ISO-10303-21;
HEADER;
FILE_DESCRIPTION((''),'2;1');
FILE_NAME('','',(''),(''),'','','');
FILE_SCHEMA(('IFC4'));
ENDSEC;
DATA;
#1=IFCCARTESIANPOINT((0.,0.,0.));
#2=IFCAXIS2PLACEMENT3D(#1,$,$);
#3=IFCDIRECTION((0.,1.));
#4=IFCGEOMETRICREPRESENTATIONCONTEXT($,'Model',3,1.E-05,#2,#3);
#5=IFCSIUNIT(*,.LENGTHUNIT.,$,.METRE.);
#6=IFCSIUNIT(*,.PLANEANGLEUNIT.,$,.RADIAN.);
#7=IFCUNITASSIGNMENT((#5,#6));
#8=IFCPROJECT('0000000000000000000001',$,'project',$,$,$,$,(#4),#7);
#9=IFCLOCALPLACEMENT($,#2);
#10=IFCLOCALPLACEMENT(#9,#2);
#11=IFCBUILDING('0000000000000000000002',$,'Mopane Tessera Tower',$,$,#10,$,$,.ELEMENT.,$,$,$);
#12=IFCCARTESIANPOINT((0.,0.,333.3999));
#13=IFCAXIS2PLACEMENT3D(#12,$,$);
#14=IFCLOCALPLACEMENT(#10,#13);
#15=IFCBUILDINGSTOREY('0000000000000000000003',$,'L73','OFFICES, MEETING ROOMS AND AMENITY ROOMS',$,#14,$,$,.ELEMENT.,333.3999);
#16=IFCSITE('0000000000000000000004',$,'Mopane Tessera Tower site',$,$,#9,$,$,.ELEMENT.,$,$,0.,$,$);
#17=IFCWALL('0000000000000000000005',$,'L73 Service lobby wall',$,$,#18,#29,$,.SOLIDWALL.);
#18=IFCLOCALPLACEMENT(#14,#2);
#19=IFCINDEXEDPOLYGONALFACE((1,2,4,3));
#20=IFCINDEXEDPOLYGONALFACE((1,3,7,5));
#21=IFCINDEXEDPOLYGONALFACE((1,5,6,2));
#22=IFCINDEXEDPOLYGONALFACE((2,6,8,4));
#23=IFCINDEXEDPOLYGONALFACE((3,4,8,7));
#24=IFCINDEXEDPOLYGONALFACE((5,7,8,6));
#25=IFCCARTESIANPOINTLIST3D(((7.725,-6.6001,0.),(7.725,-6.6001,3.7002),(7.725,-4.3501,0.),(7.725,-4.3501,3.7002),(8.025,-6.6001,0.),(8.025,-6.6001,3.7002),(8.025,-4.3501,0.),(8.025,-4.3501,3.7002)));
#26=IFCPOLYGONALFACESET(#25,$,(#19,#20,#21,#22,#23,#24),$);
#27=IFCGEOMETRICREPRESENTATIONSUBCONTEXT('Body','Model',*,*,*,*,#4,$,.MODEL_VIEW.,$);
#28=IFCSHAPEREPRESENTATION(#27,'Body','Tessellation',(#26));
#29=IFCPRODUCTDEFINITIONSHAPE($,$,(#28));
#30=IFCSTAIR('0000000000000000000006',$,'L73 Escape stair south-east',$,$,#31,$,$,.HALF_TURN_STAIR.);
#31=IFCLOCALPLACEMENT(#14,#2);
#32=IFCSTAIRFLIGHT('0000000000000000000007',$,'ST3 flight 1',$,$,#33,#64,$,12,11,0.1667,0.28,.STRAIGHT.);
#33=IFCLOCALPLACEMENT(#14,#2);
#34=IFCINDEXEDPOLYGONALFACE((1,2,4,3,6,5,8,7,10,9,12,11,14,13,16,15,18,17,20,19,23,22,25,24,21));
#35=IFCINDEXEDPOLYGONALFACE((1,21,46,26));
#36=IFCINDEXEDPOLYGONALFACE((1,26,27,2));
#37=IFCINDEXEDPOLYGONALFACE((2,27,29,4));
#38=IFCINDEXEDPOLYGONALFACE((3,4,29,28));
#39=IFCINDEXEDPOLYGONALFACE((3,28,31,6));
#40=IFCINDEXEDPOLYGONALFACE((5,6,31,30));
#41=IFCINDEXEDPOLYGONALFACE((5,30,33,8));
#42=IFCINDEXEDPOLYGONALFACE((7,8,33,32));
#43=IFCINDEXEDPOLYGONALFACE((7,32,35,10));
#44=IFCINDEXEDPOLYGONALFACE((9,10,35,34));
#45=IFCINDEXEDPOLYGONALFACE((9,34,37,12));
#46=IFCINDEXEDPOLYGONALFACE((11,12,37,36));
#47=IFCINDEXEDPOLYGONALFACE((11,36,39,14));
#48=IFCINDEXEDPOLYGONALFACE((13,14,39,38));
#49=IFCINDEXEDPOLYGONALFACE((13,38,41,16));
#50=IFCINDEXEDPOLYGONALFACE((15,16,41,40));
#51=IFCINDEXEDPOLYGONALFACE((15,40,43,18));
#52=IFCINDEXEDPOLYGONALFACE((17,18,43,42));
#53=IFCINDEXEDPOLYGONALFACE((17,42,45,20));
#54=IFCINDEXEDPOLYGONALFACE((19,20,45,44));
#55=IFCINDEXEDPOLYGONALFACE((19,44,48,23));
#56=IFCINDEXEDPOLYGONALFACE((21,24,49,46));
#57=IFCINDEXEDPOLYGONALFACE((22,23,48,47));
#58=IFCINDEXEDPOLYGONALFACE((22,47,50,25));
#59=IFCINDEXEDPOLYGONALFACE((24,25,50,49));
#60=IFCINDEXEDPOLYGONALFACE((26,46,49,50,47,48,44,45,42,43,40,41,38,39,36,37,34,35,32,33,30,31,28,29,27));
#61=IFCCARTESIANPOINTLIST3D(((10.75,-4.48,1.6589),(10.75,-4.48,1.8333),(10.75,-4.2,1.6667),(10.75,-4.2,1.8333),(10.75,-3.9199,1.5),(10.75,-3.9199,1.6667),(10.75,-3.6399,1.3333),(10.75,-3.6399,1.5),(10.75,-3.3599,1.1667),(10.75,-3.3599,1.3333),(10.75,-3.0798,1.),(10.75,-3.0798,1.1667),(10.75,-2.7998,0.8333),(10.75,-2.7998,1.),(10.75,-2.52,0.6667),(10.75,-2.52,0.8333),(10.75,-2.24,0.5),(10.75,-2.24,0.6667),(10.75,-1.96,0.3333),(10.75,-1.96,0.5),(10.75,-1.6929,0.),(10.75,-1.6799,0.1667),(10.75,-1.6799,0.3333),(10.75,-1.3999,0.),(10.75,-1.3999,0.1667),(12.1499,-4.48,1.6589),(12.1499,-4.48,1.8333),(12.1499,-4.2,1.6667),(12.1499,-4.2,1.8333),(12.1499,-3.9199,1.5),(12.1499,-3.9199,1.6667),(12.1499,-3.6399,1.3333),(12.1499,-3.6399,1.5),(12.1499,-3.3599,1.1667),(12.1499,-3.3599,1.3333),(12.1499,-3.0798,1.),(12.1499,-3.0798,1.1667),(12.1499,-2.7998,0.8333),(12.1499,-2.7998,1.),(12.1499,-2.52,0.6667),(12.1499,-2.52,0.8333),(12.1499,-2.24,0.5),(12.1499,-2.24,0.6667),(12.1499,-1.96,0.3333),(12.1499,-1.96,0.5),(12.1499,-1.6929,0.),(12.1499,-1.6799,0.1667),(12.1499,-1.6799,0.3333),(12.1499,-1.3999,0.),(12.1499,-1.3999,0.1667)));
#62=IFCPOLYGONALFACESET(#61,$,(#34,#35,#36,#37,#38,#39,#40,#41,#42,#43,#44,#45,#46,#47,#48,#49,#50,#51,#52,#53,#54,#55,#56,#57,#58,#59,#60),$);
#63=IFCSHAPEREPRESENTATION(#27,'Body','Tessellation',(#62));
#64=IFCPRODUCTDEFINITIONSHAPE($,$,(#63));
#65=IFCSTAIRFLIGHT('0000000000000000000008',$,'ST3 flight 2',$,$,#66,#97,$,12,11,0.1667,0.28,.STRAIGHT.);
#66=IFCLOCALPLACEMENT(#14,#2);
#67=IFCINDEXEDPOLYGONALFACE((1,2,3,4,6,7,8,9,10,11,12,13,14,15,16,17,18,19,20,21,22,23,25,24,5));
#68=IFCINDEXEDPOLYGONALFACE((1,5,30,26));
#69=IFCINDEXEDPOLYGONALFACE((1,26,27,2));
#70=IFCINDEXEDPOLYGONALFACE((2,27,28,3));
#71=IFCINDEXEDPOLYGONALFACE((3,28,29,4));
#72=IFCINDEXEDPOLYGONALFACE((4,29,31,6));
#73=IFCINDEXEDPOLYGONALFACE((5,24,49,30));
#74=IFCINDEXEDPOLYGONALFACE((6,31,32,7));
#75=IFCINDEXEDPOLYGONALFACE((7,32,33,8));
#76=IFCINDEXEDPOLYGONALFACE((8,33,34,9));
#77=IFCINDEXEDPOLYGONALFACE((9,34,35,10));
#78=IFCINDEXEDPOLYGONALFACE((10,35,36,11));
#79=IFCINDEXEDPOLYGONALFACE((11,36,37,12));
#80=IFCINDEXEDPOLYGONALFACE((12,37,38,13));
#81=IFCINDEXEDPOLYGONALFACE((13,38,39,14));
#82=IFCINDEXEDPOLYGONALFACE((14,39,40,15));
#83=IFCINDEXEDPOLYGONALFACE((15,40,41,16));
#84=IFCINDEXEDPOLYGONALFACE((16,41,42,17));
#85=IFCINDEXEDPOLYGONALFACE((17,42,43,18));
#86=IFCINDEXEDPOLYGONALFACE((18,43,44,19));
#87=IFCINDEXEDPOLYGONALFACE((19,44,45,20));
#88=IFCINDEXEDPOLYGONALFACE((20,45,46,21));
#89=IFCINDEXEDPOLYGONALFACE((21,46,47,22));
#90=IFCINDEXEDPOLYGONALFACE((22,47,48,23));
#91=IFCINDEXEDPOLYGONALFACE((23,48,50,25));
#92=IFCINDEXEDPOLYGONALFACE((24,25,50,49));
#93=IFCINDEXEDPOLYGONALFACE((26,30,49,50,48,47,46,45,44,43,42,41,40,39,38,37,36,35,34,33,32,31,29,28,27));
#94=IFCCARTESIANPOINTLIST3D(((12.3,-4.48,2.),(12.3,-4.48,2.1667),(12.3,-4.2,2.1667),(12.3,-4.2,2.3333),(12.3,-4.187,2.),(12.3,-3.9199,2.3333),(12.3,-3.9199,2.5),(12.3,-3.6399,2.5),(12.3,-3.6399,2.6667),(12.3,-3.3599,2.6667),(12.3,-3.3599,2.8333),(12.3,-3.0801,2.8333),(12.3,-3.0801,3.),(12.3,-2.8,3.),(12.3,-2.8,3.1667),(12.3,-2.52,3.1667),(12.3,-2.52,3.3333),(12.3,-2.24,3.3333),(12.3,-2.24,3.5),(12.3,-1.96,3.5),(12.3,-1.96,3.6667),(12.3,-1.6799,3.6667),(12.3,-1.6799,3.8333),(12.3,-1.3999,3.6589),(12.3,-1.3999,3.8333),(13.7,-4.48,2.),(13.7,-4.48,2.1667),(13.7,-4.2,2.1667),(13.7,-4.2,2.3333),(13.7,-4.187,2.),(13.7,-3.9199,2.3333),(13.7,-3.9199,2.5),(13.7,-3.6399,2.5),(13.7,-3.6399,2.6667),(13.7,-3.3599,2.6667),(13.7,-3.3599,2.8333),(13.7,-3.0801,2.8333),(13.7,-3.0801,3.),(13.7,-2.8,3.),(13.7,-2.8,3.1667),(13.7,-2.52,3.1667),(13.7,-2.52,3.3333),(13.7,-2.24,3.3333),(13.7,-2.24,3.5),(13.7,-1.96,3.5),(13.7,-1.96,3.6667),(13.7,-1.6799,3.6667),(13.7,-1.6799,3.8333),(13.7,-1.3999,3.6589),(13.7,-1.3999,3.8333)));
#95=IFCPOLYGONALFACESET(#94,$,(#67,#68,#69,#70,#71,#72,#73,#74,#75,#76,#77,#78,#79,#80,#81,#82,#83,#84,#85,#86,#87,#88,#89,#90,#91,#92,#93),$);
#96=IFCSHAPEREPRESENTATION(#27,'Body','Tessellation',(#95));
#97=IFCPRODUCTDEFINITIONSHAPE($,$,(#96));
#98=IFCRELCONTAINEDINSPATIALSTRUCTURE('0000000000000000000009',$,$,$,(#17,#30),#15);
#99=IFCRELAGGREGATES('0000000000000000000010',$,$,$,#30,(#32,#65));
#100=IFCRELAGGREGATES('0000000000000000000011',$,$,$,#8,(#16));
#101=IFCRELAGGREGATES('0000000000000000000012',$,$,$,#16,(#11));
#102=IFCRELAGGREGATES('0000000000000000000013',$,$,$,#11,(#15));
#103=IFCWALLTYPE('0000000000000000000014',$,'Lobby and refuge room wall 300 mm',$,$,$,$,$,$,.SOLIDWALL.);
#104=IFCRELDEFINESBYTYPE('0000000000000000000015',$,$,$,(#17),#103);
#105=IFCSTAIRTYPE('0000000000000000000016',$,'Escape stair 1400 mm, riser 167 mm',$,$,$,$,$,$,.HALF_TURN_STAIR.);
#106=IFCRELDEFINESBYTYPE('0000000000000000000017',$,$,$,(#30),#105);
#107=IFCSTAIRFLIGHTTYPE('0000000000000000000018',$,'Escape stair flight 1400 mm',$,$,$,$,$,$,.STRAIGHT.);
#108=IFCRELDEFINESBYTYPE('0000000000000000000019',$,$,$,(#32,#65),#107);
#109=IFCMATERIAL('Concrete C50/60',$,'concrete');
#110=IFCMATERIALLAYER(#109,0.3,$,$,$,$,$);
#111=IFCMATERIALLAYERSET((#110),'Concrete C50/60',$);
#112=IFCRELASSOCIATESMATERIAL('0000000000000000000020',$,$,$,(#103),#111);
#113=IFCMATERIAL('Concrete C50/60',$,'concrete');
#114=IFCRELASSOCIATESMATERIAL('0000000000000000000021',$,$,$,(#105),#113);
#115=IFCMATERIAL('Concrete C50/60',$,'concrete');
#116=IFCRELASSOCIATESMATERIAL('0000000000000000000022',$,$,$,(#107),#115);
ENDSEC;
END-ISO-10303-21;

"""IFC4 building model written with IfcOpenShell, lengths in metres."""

from ifc_helpers import new_model, si_unit, direction, frame, frame_2d, origin, place, context, subcontext, project, spatial, polyline, rectangle, outline, extrude, material, layer, layer_set, type_object, element, aggregate, save


model = new_model("IFC4")

# Units and contexts
model_context = context("Model", 3, precision=1e-05, world=origin(), true_north=direction((0.0, 1.0)))
body_context = subcontext(model_context, "Body", "Model", "MODEL_VIEW")
ifc_project = project(units=[si_unit("LENGTHUNIT", "METRE"), si_unit("PLANEANGLEUNIT", "RADIAN")], contexts=[model_context])

# Site, building, storey
site_placement = place(None, origin())
site = spatial("IfcSite", under=ifc_project, at=site_placement, Name="Mopane Tessera Tower site", CompositionType="ELEMENT", RefElevation=0.0)
building_placement = place(site_placement, origin())
building = spatial("IfcBuilding", under=site, at=building_placement, Name="Mopane Tessera Tower", CompositionType="ELEMENT")
storey_placement = place(building_placement, frame((0.0, 0.0, 333.3999)))
storey = spatial("IfcBuildingStorey", under=building, at=storey_placement, Name="L73", Description="OFFICES, MEETING ROOMS AND AMENITY ROOMS", CompositionType="ELEMENT", Elevation=333.3999)

# Wall
ifc_material_1 = material(Name="Concrete C50/60", Category="concrete")
ifc_layer_1 = layer(ifc_material_1, 0.3)
ifc_layer_set_1 = layer_set([ifc_layer_1], Name="Concrete C50/60")
wall_type_1 = type_object("IfcWallType", Name="Lobby and refuge room wall 300 mm", PredefinedType="SOLIDWALL", material=ifc_layer_set_1)
for number, where, z_axis, x_axis, name in (
    (1, (7.875, -6.6001, 0.0), (0.0, 0.0, 1.0), (0.0, 1.0, 0.0), "L73 Service lobby wall"),
):
    element("IfcWall", number, at=place(storey_placement, frame(where, z_axis=z_axis, x_axis=x_axis)), inside=storey, type_object=wall_type_1, Name=name, PredefinedType="SOLIDWALL", context=body_context, shape_type="SweptSolid", body=[
        extrude(rectangle(XDim=2.25, YDim=0.3, at=frame_2d((1.125, 0.0))), origin(), (0.0, 0.0, 1.0), 3.7002),
    ])

# Stair, stair flights
ifc_material_2 = material(Name="Concrete C50/60", Category="concrete")
stair_type = type_object("IfcStairType", Name="Escape stair 1400 mm, riser 167 mm", PredefinedType="HALF_TURN_STAIR", material=ifc_material_2)
stair_placement = place(storey_placement, origin())
stair = element("IfcStair", 2, at=stair_placement, inside=storey, type_object=stair_type, Name="L73 Escape stair south-east", PredefinedType="HALF_TURN_STAIR")
ifc_material_3 = material(Name="Concrete C50/60", Category="concrete")
stair_flight_type = type_object("IfcStairFlightType", Name="Escape stair flight 1400 mm", PredefinedType="STRAIGHT", material=ifc_material_3)
stair_flight_1_placement = place(storey_placement, frame((11.45, -1.3999, 0.0), z_axis=(0.0, 0.0, 1.0), x_axis=(0.0, -1.0, 0.0)))
stair_flight_1 = element("IfcStairFlight", 3, at=stair_flight_1_placement, type_object=stair_flight_type, Name="ST3 flight 1", NumberOfRisers=12, NumberOfTreads=11, PredefinedType="STRAIGHT", RiserHeight=0.1667, TreadLength=0.28, context=body_context, shape_type="SweptSolid", body=[
    extrude(outline(polyline([(0.0, 0.0), (0.0, 0.1667), (0.28, 0.1667), (0.28, 0.3333), (0.5601, 0.3333), (0.5601, 0.5), (0.8401, 0.5), (0.8401, 0.6667), (1.1201, 0.6667), (1.1201, 0.8333), (1.3999, 0.8333), (1.3999, 1.0), (1.6799, 1.0), (1.6799, 1.1667), (1.96, 1.1667), (1.96, 1.3333), (2.24, 1.3333), (2.24, 1.5), (2.52, 1.5), (2.52, 1.6667), (2.8, 1.6667), (2.8, 1.8333), (3.0801, 1.8333), (3.0801, 2.0), (3.0801, 1.6589), (0.293, 0.0), (0.0, 0.0)])), frame((0.0, 0.7, 0.0), z_axis=(0.0, -1.0, 0.0), x_axis=(1.0, 0.0, 0.0)), (0.0, 0.0, 1.0), 1.3999),
])
stair_flight_2_placement = place(storey_placement, frame((13.0, -4.48, 2.0), z_axis=(0.0, 0.0, 1.0), x_axis=(0.0, 1.0, 0.0)))
stair_flight_2 = element("IfcStairFlight", 4, at=stair_flight_2_placement, type_object=stair_flight_type, Name="ST3 flight 2", NumberOfRisers=12, NumberOfTreads=11, PredefinedType="STRAIGHT", RiserHeight=0.1667, TreadLength=0.28, context=body_context, shape_type="SweptSolid", body=[
    extrude(outline(polyline([(0.0, 0.0), (0.0, 0.1667), (0.28, 0.1667), (0.28, 0.3333), (0.5601, 0.3333), (0.5601, 0.5), (0.8401, 0.5), (0.8401, 0.6667), (1.1201, 0.6667), (1.1201, 0.8333), (1.3999, 0.8333), (1.3999, 1.0), (1.6799, 1.0), (1.6799, 1.1667), (1.96, 1.1667), (1.96, 1.3333), (2.24, 1.3333), (2.24, 1.5), (2.52, 1.5), (2.52, 1.6667), (2.8, 1.6667), (2.8, 1.8333), (3.0801, 1.8333), (3.0801, 2.0), (3.0801, 1.6589), (0.293, 0.0), (0.0, 0.0)])), frame((0.0, 0.7, 0.0), z_axis=(0.0, -1.0, 0.0), x_axis=(1.0, 0.0, 0.0)), (0.0, 0.0, 1.0), 1.3999),
])
aggregate(stair, [stair_flight_1, stair_flight_2])

save(model, "model.ifc")
